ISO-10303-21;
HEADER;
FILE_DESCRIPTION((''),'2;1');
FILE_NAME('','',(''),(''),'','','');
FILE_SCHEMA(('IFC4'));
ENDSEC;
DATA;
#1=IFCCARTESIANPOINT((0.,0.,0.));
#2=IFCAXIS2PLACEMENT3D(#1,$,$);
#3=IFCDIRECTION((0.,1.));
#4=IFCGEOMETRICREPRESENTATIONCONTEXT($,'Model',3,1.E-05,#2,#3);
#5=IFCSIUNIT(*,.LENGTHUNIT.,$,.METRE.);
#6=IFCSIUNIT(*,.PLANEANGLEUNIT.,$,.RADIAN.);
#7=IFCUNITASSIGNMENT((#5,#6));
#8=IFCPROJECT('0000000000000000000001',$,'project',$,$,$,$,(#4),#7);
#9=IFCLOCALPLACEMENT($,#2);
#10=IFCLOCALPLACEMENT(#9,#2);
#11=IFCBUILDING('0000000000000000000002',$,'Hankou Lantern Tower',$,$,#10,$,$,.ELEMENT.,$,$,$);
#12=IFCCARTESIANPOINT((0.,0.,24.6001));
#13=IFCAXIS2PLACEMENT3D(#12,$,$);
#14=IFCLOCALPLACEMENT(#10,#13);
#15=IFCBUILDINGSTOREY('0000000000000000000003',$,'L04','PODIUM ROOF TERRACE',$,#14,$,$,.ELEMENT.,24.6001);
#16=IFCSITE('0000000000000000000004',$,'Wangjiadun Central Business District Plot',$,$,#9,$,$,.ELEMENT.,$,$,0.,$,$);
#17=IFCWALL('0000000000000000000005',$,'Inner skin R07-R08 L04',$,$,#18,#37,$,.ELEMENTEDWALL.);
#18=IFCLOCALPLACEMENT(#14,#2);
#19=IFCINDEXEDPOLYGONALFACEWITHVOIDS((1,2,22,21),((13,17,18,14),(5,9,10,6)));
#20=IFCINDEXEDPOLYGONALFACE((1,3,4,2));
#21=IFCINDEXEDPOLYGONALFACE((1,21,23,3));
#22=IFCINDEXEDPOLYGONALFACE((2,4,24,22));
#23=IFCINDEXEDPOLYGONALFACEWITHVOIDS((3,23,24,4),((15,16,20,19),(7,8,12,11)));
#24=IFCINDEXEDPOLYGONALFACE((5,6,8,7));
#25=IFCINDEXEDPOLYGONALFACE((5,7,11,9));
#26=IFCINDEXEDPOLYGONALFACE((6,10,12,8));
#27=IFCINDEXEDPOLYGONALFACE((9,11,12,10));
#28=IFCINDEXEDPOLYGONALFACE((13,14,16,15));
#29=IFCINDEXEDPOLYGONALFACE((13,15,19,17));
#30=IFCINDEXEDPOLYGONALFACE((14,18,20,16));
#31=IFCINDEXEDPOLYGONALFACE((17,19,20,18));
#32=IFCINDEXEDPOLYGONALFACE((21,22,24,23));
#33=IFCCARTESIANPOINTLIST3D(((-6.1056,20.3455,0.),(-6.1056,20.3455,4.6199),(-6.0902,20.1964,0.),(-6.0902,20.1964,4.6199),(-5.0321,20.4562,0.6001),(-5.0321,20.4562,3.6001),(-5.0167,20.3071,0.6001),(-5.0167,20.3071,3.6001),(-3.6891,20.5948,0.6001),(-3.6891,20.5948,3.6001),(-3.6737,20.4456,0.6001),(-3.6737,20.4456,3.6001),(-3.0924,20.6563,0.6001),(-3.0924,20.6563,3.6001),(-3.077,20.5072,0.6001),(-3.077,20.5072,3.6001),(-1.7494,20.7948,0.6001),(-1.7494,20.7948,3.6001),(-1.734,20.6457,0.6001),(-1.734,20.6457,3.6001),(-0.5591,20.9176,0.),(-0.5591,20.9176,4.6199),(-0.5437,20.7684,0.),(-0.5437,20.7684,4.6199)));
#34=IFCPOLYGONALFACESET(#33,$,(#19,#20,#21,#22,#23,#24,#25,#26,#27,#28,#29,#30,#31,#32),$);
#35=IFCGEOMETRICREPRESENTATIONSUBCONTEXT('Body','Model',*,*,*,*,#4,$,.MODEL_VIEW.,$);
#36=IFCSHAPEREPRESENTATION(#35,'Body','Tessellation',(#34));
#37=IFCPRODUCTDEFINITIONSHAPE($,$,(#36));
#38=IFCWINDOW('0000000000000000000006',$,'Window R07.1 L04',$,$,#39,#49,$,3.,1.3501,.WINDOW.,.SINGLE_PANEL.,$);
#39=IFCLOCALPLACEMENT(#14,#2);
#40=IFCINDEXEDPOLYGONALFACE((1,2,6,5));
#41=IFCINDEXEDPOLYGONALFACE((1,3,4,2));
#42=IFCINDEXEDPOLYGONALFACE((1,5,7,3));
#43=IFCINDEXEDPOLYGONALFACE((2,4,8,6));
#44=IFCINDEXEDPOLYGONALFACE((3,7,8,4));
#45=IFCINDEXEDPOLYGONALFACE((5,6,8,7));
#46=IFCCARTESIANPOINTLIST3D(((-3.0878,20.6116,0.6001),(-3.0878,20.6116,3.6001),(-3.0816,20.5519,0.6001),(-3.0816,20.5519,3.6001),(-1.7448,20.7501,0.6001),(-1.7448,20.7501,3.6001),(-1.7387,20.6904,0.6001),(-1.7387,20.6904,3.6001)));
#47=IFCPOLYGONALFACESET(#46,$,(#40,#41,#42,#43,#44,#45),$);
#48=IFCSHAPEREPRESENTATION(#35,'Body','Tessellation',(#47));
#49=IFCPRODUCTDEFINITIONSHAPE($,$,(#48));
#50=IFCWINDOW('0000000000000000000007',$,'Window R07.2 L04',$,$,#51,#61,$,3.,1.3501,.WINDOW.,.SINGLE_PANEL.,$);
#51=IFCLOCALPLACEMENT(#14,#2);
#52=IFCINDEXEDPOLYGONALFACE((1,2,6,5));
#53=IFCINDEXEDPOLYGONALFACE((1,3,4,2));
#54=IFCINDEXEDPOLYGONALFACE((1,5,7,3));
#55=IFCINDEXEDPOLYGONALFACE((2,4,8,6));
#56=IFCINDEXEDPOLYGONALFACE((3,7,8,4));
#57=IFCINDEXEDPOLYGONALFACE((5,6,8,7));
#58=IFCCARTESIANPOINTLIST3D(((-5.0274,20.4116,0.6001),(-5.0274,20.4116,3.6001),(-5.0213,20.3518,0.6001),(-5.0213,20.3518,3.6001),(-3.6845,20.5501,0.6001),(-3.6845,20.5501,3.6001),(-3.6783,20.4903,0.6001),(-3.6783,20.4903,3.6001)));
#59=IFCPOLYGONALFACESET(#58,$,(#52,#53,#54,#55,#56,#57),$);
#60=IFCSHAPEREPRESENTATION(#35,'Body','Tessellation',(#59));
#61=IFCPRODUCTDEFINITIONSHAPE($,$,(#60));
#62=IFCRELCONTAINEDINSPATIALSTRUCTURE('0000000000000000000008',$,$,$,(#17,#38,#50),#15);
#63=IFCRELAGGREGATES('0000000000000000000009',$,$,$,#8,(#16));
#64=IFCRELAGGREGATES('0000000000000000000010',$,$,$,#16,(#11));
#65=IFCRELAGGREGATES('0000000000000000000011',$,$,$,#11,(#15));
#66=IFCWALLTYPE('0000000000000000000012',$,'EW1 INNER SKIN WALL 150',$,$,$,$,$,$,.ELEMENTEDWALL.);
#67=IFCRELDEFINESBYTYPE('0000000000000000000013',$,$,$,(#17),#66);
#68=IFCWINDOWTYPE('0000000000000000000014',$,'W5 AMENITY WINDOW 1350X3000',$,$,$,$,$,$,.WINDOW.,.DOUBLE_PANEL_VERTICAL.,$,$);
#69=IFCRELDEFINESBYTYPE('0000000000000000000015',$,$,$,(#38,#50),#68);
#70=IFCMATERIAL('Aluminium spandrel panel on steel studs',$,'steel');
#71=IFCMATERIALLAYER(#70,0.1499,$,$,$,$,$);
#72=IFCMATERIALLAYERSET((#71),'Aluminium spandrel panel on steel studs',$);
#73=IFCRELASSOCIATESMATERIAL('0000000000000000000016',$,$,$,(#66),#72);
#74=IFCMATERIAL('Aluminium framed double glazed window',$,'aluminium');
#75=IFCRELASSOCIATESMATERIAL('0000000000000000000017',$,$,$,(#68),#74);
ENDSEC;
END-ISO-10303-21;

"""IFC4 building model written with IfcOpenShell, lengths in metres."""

from ifc_helpers import new_model, si_unit, direction, frame, frame_2d, origin, place, context, subcontext, project, spatial, rectangle, extrude, material, layer, layer_set, type_object, element, fill, save


model = new_model("IFC4")

# Units and contexts
model_context = context("Model", 3, precision=1e-05, world=origin(), true_north=direction((0.0, 1.0)))
body_context = subcontext(model_context, "Body", "Model", "MODEL_VIEW")
ifc_project = project(units=[si_unit("LENGTHUNIT", "METRE"), si_unit("PLANEANGLEUNIT", "RADIAN")], contexts=[model_context])

# Site, building, storey
site_placement = place(None, origin())
site = spatial("IfcSite", under=ifc_project, at=site_placement, Name="Wangjiadun Central Business District Plot", CompositionType="ELEMENT", RefElevation=0.0)
building_placement = place(site_placement, origin())
building = spatial("IfcBuilding", under=site, at=building_placement, Name="Hankou Lantern Tower", CompositionType="ELEMENT")
storey_placement = place(building_placement, frame((0.0, 0.0, 24.6001)))
storey = spatial("IfcBuildingStorey", under=building, at=storey_placement, Name="L04", Description="PODIUM ROOF TERRACE", CompositionType="ELEMENT", Elevation=24.6001)

# Wall, openings, windows
ifc_material_1 = material(Name="Aluminium spandrel panel on steel studs", Category="steel")
ifc_layer = layer(ifc_material_1, 0.1499)
ifc_layer_set = layer_set([ifc_layer], Name="Aluminium spandrel panel on steel studs")
wall_type = type_object("IfcWallType", Name="EW1 INNER SKIN WALL 150", PredefinedType="ELEMENTEDWALL", material=ifc_layer_set)
wall_placement = place(storey_placement, frame((-0.5513, 20.843, 0.0), z_axis=(0.0, 0.0, 1.0), x_axis=(-0.994724, -0.10259, 0.0)))
wall = element("IfcWall", 1, at=wall_placement, inside=storey, type_object=wall_type, Name="Inner skin R07-R08 L04", PredefinedType="ELEMENTEDWALL", context=body_context, shape_type="SweptSolid", body=[
    extrude(rectangle(XDim=5.5759, YDim=0.1499, at=frame_2d((2.7881, 0.0))), origin(), (0.0, 0.0, 1.0), 4.6199),
])
opening_1_placement = place(wall_placement, frame((1.1968, 0.0, 0.6001)))
opening_1 = element("IfcOpeningElement", 2, at=opening_1_placement, cuts=wall, PredefinedType="OPENING", context=body_context, shape_type="SweptSolid", body=[
    extrude(rectangle(XDim=1.3501, YDim=3.0, at=frame_2d((0.675, 1.5))), frame((0.0, 0.085, 0.0), z_axis=(0.0, -1.0, 0.0), x_axis=(1.0, 0.0, 0.0)), (0.0, 0.0, 1.0), 0.1699),
])
opening_2_placement = place(wall_placement, frame((3.1467, 0.0, 0.6001)))
opening_2 = element("IfcOpeningElement", 3, at=opening_2_placement, cuts=wall, PredefinedType="OPENING", context=body_context, shape_type="SweptSolid", body=[
    extrude(rectangle(XDim=1.3501, YDim=3.0, at=frame_2d((0.675, 1.5))), frame((0.0, 0.085, 0.0), z_axis=(0.0, -1.0, 0.0), x_axis=(1.0, 0.0, 0.0)), (0.0, 0.0, 1.0), 0.1699),
])
ifc_material_2 = material(Name="Aluminium framed double glazed window", Category="aluminium")
window_type = type_object("IfcWindowType", Name="W5 AMENITY WINDOW 1350X3000", PartitioningType="DOUBLE_PANEL_VERTICAL", PredefinedType="WINDOW", material=ifc_material_2)
window_1_placement = place(opening_1_placement, origin())
window_1 = element("IfcWindow", 4, at=window_1_placement, inside=storey, type_object=window_type, Name="Window R07.1 L04", OverallHeight=3.0, OverallWidth=1.3501, PartitioningType="SINGLE_PANEL", PredefinedType="WINDOW", context=body_context, shape_type="SweptSolid", body=[
    extrude(rectangle(XDim=1.3501, YDim=3.0, at=frame_2d((0.675, 1.5))), frame((0.0, 0.03, 0.0), z_axis=(0.0, -1.0, 0.0), x_axis=(1.0, 0.0, 0.0)), (0.0, 0.0, 1.0), 0.0601),
])
fill(opening_1, window_1)
window_2_placement = place(opening_2_placement, origin())
window_2 = element("IfcWindow", 5, at=window_2_placement, inside=storey, type_object=window_type, Name="Window R07.2 L04", OverallHeight=3.0, OverallWidth=1.3501, PartitioningType="SINGLE_PANEL", PredefinedType="WINDOW", context=body_context, shape_type="SweptSolid", body=[
    extrude(rectangle(XDim=1.3501, YDim=3.0, at=frame_2d((0.675, 1.5))), frame((0.0, 0.03, 0.0), z_axis=(0.0, -1.0, 0.0), x_axis=(1.0, 0.0, 0.0)), (0.0, 0.0, 1.0), 0.0601),
])
fill(opening_2, window_2)

save(model, "model.ifc")
